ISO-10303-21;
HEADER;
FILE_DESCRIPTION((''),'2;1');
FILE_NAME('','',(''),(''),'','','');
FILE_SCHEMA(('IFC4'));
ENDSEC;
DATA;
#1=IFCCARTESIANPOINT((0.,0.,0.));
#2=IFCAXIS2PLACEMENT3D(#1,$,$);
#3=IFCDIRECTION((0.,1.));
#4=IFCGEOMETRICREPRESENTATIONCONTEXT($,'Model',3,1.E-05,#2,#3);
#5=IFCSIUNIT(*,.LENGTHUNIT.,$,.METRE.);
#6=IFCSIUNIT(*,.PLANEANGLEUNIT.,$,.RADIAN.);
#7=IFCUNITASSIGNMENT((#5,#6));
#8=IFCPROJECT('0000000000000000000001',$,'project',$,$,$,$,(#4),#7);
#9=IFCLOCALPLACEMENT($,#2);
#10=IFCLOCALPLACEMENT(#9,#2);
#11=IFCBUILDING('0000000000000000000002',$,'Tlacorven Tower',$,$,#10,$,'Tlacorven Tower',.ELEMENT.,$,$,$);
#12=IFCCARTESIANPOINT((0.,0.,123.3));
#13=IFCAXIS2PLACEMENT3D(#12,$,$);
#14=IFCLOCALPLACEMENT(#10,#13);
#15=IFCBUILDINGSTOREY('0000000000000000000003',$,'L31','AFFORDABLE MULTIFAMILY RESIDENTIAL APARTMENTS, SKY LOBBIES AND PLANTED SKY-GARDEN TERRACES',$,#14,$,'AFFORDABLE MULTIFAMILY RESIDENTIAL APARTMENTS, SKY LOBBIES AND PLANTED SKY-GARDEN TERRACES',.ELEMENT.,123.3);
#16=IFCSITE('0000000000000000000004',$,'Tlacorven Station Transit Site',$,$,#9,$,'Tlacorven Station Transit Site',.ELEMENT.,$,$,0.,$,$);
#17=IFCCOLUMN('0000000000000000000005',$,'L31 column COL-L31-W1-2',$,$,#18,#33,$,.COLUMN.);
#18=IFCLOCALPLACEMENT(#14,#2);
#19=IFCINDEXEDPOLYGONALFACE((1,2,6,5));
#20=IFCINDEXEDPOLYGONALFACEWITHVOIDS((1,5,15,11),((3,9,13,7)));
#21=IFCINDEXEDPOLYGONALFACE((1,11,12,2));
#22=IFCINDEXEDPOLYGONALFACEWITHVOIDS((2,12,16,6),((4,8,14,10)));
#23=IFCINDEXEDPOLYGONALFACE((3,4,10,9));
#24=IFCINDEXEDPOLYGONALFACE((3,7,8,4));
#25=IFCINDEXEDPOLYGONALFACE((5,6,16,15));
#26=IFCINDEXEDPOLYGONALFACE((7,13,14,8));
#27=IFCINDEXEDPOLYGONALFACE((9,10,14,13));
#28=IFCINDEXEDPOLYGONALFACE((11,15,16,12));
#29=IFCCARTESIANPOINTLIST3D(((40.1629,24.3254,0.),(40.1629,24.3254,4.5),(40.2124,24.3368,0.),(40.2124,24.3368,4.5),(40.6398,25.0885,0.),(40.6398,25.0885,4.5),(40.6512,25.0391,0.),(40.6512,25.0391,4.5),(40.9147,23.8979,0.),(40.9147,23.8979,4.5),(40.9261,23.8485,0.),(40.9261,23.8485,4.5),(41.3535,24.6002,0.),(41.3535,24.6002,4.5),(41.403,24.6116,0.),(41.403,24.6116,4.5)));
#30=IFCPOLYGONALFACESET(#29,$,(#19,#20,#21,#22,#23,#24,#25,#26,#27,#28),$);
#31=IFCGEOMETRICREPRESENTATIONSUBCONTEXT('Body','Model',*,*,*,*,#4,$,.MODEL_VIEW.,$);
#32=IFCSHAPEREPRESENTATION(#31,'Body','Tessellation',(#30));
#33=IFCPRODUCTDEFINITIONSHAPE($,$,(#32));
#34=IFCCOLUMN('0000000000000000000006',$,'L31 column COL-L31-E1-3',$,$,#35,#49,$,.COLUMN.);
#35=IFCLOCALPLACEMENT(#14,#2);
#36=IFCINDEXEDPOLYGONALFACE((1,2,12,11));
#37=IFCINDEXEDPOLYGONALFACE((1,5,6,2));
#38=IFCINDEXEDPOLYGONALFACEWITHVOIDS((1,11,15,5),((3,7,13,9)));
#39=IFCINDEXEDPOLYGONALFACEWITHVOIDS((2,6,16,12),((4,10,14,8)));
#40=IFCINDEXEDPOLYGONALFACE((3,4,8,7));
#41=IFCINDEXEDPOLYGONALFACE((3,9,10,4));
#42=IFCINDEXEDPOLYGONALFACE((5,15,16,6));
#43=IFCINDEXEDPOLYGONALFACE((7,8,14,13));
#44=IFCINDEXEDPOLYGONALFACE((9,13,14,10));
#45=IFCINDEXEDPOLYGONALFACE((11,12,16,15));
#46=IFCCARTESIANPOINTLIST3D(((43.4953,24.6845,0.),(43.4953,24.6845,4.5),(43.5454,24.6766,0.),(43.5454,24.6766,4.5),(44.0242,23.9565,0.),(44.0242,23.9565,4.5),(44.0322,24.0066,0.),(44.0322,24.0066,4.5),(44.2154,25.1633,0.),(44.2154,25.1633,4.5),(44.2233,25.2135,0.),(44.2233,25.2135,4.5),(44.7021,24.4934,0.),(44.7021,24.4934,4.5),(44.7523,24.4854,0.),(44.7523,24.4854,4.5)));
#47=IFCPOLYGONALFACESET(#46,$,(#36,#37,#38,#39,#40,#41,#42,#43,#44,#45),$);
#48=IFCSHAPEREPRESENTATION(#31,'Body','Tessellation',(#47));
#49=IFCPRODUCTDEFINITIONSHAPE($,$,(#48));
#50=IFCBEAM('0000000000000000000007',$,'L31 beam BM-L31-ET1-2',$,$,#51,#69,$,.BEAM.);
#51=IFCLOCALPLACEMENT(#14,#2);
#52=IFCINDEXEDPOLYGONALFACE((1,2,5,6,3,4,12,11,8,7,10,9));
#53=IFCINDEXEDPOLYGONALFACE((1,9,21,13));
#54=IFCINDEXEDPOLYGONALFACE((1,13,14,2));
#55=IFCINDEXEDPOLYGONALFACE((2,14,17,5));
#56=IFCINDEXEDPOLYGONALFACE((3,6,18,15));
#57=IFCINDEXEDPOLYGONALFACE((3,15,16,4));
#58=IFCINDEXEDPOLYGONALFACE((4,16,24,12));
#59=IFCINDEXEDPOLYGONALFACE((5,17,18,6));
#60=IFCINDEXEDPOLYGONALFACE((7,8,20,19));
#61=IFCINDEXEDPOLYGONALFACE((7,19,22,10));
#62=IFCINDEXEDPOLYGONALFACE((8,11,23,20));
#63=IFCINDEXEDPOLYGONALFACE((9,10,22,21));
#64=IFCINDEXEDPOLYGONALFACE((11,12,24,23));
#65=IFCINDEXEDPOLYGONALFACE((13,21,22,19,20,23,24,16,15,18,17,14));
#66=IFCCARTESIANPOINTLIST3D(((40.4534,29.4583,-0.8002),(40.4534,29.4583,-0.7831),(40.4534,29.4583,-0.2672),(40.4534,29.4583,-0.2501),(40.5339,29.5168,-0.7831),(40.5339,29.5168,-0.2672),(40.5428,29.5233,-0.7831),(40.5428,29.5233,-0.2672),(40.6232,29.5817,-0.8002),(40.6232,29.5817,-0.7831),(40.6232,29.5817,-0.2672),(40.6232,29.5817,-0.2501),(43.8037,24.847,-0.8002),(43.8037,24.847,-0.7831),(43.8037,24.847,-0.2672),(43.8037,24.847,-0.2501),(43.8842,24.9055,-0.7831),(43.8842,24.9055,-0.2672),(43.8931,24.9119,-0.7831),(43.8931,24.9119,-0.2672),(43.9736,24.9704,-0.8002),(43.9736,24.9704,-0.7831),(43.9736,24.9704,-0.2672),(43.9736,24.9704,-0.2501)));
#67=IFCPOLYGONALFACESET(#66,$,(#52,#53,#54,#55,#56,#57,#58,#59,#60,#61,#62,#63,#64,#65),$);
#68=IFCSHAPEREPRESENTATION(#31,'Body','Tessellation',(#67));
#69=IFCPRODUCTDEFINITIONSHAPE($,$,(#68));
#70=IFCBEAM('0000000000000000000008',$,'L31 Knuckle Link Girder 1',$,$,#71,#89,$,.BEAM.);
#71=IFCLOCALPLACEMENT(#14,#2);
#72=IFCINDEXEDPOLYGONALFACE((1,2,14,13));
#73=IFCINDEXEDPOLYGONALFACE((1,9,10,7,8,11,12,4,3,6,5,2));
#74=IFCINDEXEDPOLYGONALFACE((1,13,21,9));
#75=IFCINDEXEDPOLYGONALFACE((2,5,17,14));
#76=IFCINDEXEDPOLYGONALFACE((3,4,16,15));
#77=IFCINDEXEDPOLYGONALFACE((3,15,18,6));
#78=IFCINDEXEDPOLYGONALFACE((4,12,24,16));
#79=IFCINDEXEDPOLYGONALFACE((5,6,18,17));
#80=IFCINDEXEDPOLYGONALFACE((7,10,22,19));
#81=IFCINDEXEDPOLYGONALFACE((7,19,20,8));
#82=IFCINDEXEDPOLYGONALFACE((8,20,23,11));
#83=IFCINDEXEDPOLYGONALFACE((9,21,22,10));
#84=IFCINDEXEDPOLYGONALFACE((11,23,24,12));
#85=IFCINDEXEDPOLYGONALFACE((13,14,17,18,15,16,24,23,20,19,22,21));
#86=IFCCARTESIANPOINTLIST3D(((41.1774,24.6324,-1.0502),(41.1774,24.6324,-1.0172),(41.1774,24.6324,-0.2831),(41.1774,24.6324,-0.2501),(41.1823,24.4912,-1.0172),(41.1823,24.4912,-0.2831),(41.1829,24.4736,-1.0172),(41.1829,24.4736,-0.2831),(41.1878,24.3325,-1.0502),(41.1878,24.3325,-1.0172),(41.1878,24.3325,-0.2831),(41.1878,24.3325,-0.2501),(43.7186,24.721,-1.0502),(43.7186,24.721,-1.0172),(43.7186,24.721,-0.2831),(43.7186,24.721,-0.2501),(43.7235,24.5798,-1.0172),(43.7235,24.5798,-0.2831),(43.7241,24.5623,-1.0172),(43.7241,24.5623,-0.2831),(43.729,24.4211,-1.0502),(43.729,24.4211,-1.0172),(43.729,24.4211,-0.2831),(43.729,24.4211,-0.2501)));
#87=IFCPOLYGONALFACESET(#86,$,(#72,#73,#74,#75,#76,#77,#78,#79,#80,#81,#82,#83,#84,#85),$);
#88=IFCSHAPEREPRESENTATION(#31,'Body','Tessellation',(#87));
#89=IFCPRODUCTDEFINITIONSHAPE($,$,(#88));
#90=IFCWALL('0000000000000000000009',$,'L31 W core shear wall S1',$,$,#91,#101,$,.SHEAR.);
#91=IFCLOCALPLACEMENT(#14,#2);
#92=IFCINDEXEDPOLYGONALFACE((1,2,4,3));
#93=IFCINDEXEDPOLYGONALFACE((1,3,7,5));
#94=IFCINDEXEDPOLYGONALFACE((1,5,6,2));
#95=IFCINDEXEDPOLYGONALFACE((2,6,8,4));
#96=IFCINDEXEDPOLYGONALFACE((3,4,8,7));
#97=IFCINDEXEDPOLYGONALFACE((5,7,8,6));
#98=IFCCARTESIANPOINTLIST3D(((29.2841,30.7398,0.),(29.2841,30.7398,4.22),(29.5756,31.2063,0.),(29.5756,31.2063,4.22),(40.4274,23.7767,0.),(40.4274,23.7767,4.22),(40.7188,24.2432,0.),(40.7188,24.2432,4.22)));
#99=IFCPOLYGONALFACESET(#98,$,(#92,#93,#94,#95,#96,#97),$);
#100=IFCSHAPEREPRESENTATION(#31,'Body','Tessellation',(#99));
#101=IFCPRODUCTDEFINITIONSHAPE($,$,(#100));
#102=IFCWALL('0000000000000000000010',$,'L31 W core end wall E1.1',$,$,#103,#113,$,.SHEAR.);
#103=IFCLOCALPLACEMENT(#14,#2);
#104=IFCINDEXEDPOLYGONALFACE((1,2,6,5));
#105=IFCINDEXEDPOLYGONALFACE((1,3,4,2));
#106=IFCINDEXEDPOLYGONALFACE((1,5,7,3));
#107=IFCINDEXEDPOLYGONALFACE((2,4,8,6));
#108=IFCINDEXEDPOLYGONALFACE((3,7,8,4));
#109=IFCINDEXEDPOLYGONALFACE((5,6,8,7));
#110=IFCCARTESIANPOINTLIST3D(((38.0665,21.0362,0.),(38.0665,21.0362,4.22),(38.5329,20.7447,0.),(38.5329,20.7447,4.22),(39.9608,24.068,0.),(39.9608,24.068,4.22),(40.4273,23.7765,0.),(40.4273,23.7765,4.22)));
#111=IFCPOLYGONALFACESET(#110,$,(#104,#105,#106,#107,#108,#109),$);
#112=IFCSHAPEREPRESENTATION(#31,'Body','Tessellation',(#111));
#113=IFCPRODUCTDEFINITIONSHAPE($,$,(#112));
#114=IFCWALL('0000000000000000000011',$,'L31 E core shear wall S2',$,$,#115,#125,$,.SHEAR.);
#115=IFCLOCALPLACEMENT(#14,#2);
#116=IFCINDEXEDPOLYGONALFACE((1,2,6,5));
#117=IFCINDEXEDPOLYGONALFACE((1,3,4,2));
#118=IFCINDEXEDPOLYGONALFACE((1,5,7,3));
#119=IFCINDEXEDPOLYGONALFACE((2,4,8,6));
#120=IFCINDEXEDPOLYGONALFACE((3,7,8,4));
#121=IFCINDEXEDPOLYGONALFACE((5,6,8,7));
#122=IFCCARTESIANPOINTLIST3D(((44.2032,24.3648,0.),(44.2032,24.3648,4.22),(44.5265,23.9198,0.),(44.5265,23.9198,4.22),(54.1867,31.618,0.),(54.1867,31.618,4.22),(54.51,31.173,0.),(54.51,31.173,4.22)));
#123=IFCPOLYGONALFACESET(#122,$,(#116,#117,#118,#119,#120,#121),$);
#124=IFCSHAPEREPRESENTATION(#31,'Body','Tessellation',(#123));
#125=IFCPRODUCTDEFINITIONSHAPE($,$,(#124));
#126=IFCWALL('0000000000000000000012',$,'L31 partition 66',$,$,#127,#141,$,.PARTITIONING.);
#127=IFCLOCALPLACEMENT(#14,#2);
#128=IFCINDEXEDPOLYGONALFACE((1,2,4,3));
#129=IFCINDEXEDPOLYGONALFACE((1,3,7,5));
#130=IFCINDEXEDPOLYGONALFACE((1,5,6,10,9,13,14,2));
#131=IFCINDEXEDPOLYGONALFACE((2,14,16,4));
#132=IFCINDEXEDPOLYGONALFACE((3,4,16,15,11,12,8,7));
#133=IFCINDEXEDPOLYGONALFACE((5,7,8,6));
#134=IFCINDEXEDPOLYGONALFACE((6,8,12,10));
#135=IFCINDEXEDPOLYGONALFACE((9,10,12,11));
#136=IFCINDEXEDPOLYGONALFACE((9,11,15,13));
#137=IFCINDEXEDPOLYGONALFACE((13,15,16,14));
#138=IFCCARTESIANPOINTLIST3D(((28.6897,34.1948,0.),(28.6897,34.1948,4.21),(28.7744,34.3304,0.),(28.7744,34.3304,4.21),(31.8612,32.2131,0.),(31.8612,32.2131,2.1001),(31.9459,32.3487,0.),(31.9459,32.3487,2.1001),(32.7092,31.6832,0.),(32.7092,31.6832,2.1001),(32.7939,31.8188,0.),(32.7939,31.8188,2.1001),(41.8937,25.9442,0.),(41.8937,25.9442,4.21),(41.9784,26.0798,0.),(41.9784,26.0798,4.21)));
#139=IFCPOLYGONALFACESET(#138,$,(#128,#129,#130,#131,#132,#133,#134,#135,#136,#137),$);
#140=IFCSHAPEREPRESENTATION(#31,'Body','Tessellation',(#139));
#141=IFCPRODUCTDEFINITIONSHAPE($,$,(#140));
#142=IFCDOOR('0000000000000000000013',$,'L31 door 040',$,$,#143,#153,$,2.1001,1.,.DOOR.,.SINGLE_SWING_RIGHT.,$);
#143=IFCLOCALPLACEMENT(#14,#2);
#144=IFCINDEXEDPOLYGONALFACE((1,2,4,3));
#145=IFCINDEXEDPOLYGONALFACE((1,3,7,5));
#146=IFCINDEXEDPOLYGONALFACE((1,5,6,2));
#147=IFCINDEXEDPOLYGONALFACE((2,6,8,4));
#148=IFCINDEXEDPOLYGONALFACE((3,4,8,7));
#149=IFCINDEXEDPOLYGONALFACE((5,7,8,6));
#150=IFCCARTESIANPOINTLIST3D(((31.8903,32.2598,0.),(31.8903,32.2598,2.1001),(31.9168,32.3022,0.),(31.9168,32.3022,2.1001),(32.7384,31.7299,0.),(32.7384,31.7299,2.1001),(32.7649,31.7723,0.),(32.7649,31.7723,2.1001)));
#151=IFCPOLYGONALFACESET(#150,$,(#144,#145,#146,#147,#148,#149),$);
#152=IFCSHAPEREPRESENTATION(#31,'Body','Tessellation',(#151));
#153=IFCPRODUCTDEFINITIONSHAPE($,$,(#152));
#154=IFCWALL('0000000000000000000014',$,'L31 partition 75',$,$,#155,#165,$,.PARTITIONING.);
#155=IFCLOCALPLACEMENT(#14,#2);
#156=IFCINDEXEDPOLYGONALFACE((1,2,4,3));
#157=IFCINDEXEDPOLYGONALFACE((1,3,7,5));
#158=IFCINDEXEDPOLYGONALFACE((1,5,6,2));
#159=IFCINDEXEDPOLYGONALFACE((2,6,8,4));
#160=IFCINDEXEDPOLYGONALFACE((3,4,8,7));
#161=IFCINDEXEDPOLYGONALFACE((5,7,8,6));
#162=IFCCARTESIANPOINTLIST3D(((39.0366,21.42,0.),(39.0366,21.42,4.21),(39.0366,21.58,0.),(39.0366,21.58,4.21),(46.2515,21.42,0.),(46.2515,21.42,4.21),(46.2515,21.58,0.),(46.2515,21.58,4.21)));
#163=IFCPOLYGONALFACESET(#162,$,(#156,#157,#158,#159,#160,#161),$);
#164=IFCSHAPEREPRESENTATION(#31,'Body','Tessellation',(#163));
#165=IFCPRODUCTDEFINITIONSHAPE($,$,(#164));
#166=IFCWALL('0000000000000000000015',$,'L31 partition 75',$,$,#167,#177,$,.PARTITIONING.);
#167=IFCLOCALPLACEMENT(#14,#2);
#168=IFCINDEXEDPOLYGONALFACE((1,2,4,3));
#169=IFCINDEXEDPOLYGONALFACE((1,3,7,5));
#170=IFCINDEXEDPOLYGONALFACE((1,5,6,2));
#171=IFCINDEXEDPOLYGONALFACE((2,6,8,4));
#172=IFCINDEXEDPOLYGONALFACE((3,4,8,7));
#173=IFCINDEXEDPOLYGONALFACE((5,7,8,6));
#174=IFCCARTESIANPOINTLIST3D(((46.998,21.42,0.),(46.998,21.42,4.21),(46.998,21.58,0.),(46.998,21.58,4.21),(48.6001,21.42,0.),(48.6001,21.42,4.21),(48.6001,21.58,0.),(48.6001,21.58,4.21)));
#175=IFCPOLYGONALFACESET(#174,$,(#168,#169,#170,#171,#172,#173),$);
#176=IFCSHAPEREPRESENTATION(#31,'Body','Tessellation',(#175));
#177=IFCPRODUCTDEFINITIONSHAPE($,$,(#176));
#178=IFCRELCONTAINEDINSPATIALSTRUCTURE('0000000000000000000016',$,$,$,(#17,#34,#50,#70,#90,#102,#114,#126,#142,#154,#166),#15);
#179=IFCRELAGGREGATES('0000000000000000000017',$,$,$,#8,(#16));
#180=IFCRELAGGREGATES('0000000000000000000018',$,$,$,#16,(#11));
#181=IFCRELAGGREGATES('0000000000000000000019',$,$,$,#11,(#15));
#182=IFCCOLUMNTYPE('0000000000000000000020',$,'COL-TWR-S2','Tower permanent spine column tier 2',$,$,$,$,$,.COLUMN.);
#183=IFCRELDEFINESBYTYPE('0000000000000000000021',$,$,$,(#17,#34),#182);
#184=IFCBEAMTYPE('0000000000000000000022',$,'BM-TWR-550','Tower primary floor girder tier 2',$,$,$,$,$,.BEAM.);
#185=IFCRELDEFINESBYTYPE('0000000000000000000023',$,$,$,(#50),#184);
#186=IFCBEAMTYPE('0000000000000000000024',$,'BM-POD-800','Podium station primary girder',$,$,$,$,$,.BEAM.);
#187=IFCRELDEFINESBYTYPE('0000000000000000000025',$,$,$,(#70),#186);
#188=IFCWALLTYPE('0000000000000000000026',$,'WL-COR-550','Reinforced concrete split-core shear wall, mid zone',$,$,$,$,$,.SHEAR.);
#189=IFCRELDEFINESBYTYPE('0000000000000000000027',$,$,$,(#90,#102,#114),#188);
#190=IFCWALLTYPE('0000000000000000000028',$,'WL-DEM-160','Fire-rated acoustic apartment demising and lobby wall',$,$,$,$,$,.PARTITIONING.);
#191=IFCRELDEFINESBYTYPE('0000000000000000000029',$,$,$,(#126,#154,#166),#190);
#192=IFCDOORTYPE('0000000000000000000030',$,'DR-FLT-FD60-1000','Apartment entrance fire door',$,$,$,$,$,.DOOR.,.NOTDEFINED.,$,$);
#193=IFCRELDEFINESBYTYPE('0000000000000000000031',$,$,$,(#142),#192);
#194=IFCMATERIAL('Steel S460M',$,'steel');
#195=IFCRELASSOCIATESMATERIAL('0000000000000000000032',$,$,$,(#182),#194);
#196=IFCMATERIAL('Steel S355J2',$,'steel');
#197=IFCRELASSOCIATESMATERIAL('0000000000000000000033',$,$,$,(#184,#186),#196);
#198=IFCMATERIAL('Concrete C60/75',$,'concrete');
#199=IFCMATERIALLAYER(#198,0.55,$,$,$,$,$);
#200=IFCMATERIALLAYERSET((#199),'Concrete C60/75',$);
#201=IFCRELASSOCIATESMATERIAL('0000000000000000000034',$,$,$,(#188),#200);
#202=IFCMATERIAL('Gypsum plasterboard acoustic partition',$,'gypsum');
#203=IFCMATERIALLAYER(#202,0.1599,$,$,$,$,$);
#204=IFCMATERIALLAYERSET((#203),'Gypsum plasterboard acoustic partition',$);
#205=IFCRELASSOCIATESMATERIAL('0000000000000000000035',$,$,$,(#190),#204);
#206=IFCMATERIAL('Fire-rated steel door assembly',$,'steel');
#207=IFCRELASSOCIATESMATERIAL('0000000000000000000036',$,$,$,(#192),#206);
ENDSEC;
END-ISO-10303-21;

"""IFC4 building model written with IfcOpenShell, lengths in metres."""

from ifc_helpers import new_model, si_unit, direction, frame, frame_2d, origin, origin_2d, place, context, subcontext, project, spatial, rectangle, hollow_rectangle, i_section, extrude, source, transform, mapped, material, layer, layer_set, material_profile, profile_set, type_object, element, fill, save


model = new_model("IFC4")

# Units and contexts
model_context = context("Model", 3, precision=1e-05, world=origin(), true_north=direction((0.0, 1.0)))
body_context = subcontext(model_context, "Body", "Model", "MODEL_VIEW")
ifc_project = project(units=[si_unit("LENGTHUNIT", "METRE"), si_unit("PLANEANGLEUNIT", "RADIAN")], contexts=[model_context])

# Site, building, storey
site_placement = place(None, origin())
site = spatial("IfcSite", under=ifc_project, at=site_placement, Name="Tlacorven Station Transit Site", LongName="Tlacorven Station Transit Site", CompositionType="ELEMENT", RefElevation=0.0)
building_placement = place(site_placement, origin())
building = spatial("IfcBuilding", under=site, at=building_placement, Name="Tlacorven Tower", LongName="Tlacorven Tower", CompositionType="ELEMENT")
storey_placement = place(building_placement, frame((0.0, 0.0, 123.3)))
storey = spatial("IfcBuildingStorey", under=building, at=storey_placement, Name="L31", Description="AFFORDABLE MULTIFAMILY RESIDENTIAL APARTMENTS, SKY LOBBIES AND PLANTED SKY-GARDEN TERRACES", LongName="AFFORDABLE MULTIFAMILY RESIDENTIAL APARTMENTS, SKY LOBBIES AND PLANTED SKY-GARDEN TERRACES", CompositionType="ELEMENT", Elevation=123.3)

# Columns
ifc_material_1 = material(Name="Steel S460M", Category="steel")
ifc_material_profile_1 = material_profile(ifc_material_1, hollow_rectangle(XDim=0.8999, YDim=0.8999, WallThickness=0.0359, at=origin_2d()), Name="BOX 900X900X36")
ifc_profile_set_1 = profile_set([ifc_material_profile_1], Name="Steel S460M")
column_type = type_object("IfcColumnType", Name="COL-TWR-S2", Description="Tower permanent spine column tier 2", PredefinedType="COLUMN", material=ifc_profile_set_1)
shared_shape_1 = source(origin(), body_context, "Body", "SweptSolid", [
    extrude(hollow_rectangle(XDim=0.8999, YDim=0.8999, WallThickness=0.0359, at=origin_2d()), origin(), (0.0, 0.0, 1.0), 4.5),
])
for number, where, z_axis, x_axis, name in (
    (1, (40.783, 24.4685, 0.0), (0.0, 0.0, 1.0), (-0.848048, 0.529919, 0.0), "L31 column COL-L31-W1-2"),
    (2, (44.1238, 24.585, 0.0), (0.0, 0.0, 1.0), (0.809017, 0.587785, 0.0), "L31 column COL-L31-E1-3"),
):
    element("IfcColumn", number, at=place(storey_placement, frame(where, z_axis=z_axis, x_axis=x_axis)), inside=storey, type_object=column_type, Name=name, PredefinedType="COLUMN", context=body_context, shape_type="MappedRepresentation", body=[
        mapped(shared_shape_1, transform((0.0, 0.0, 0.0), scale=1.0)),
    ])

# Beams
ifc_material_2 = material(Name="Steel S355J2", Category="steel")
ifc_material_profile_2 = material_profile(ifc_material_2, i_section(OverallWidth=0.21, OverallDepth=0.55, WebThickness=0.011, FlangeThickness=0.0171, at=origin_2d()), Name="IPE 550")
ifc_profile_set_2 = profile_set([ifc_material_profile_2], Name="Steel S355J2")
beam_type_1 = type_object("IfcBeamType", Name="BM-TWR-550", Description="Tower primary floor girder tier 2", PredefinedType="BEAM", material=ifc_profile_set_2)
shared_shape_2 = source(origin(), body_context, "Body", "SweptSolid", [
    extrude(i_section(OverallWidth=0.21, OverallDepth=0.55, WebThickness=0.011, FlangeThickness=0.0171, at=origin_2d()), origin(), (0.0, 0.0, 1.0), 5.7),
])
beam_1_placement = place(storey_placement, frame((43.8887, 24.9087, -0.5251), z_axis=(-0.587787, 0.809016, 0.0), x_axis=(-0.809016, -0.587787, 0.0)))
element("IfcBeam", 3, at=beam_1_placement, inside=storey, type_object=beam_type_1, Name="L31 beam BM-L31-ET1-2", PredefinedType="BEAM", context=body_context, shape_type="MappedRepresentation", body=[
    mapped(shared_shape_2, transform((0.0, 0.0, 0.0), scale=1.0)),
])
ifc_material_profile_3 = material_profile(ifc_material_2, i_section(OverallWidth=0.3, OverallDepth=0.8, WebThickness=0.0176, FlangeThickness=0.033, at=origin_2d()), Name="HEB 800")
ifc_profile_set_3 = profile_set([ifc_material_profile_3], Name="Steel S355J2")
beam_type_2 = type_object("IfcBeamType", Name="BM-POD-800", Description="Podium station primary girder", PredefinedType="BEAM", material=ifc_profile_set_3)
shared_shape_3 = source(origin(), body_context, "Body", "SweptSolid", [
    extrude(i_section(OverallWidth=0.3, OverallDepth=0.8, WebThickness=0.0176, FlangeThickness=0.033, at=origin_2d()), origin(), (0.0, 0.0, 1.0), 2.5427),
])
beam_2_placement = place(storey_placement, frame((41.1826, 24.4824, -0.6501), z_axis=(0.999392, 0.034852, 0.0), x_axis=(-0.034852, 0.999392, 0.0)))
element("IfcBeam", 4, at=beam_2_placement, inside=storey, type_object=beam_type_2, Name="L31 Knuckle Link Girder 1", PredefinedType="BEAM", context=body_context, shape_type="MappedRepresentation", body=[
    mapped(shared_shape_3, transform((0.0, 0.0, 0.0), scale=1.0)),
])

# Walls
ifc_material_3 = material(Name="Concrete C60/75", Category="concrete")
ifc_layer_1 = layer(ifc_material_3, 0.55)
ifc_layer_set_1 = layer_set([ifc_layer_1], Name="Concrete C60/75")
wall_type_1 = type_object("IfcWallType", Name="WL-COR-550", Description="Reinforced concrete split-core shear wall, mid zone", PredefinedType="SHEAR", material=ifc_layer_set_1)
wall_1_placement = place(storey_placement, frame((40.573, 24.01, 0.0), z_axis=(0.0, 0.0, 1.0), x_axis=(-0.848047, 0.52992, 0.0)))
element("IfcWall", 5, at=wall_1_placement, inside=storey, type_object=wall_type_1, Name="L31 W core shear wall S1", PredefinedType="SHEAR", context=body_context, shape_type="SweptSolid", body=[
    extrude(rectangle(XDim=13.1399, YDim=0.55, at=frame_2d((6.5698, 0.0))), origin(), (0.0, 0.0, 1.0), 4.22),
])
wall_2_placement = place(storey_placement, frame((40.1941, 23.9224, 0.0), z_axis=(0.0, 0.0, 1.0), x_axis=(-0.529888, -0.848067, 0.0)))
element("IfcWall", 6, at=wall_2_placement, inside=storey, type_object=wall_type_1, Name="L31 W core end wall E1.1", PredefinedType="SHEAR", context=body_context, shape_type="SweptSolid", body=[
    extrude(rectangle(XDim=3.575, YDim=0.55, at=frame_2d((1.7876, 0.0))), origin(), (0.0, 0.0, 1.0), 4.22),
])
wall_3_placement = place(storey_placement, frame((44.365, 24.1423, 0.0), z_axis=(0.0, 0.0, 1.0), x_axis=(0.809024, 0.587775, 0.0)))
element("IfcWall", 7, at=wall_3_placement, inside=storey, type_object=wall_type_1, Name="L31 E core shear wall S2", PredefinedType="SHEAR", context=body_context, shape_type="SweptSolid", body=[
    extrude(rectangle(XDim=12.3401, YDim=0.55, at=frame_2d((6.1699, 0.0))), origin(), (0.0, 0.0, 1.0), 4.22),
])

# Wall, opening, door
ifc_material_4 = material(Name="Gypsum plasterboard acoustic partition", Category="gypsum")
ifc_layer_2 = layer(ifc_material_4, 0.1599)
ifc_layer_set_2 = layer_set([ifc_layer_2], Name="Gypsum plasterboard acoustic partition")
wall_type_2 = type_object("IfcWallType", Name="WL-DEM-160", Description="Fire-rated acoustic apartment demising and lobby wall", PredefinedType="PARTITIONING", material=ifc_layer_set_2)
wall_4_placement = place(storey_placement, frame((41.936, 26.012, 0.0), z_axis=(0.0, 0.0, 1.0), x_axis=(-0.848051, 0.529914, 0.0)))
wall_4 = element("IfcWall", 8, at=wall_4_placement, inside=storey, type_object=wall_type_2, Name="L31 partition 66", PredefinedType="PARTITIONING", context=body_context, shape_type="SweptSolid", body=[
    extrude(rectangle(XDim=15.5698, YDim=0.1599, at=frame_2d((7.7849, 0.0))), origin(), (0.0, 0.0, 1.0), 4.21),
])
opening_1_placement = place(wall_4_placement, frame((10.8301, 0.0, 0.0)))
opening_1 = element("IfcOpeningElement", 9, at=opening_1_placement, cuts=wall_4, PredefinedType="OPENING", context=body_context, shape_type="SweptSolid", body=[
    extrude(rectangle(XDim=1.0, YDim=2.1001, at=frame_2d((0.5, 1.05))), frame((0.0, 0.0898, 0.0), z_axis=(0.0, -1.0, 0.0), x_axis=(1.0, 0.0, 0.0)), (0.0, 0.0, 1.0), 0.1799),
])
ifc_material_5 = material(Name="Fire-rated steel door assembly", Category="steel")
door_type_1 = type_object("IfcDoorType", Name="DR-FLT-FD60-1000", Description="Apartment entrance fire door", OperationType="NOTDEFINED", PredefinedType="DOOR", material=ifc_material_5)
shared_shape_4 = source(origin(), body_context, "Body", "SweptSolid", [
    extrude(rectangle(XDim=1.0, YDim=2.1001, at=frame_2d((0.5, 1.05))), frame((0.0, 0.0249, 0.0), z_axis=(0.0, -1.0, 0.0), x_axis=(1.0, 0.0, 0.0)), (0.0, 0.0, 1.0), 0.05),
])
door_1_placement = place(opening_1_placement, origin())
door_1 = element("IfcDoor", 10, at=door_1_placement, inside=storey, type_object=door_type_1, Name="L31 door 040", OperationType="SINGLE_SWING_RIGHT", OverallHeight=2.1001, OverallWidth=1.0, PredefinedType="DOOR", context=body_context, shape_type="MappedRepresentation", body=[
    mapped(shared_shape_4, transform((0.0, 0.0, 0.0), scale=1.0)),
])
fill(opening_1, door_1)

# Walls
wall_5_placement = place(storey_placement, frame((39.0366, 21.5, 0.0), z_axis=(0.0, 0.0, 1.0), x_axis=(1.0, 0.0, 0.0)))
element("IfcWall", 11, at=wall_5_placement, inside=storey, type_object=wall_type_2, Name="L31 partition 75", PredefinedType="PARTITIONING", context=body_context, shape_type="SweptSolid", body=[
    extrude(rectangle(XDim=7.2148, YDim=0.1599, at=frame_2d((3.6074, 0.0))), origin(), (0.0, 0.0, 1.0), 4.21),
])
wall_6_placement = place(storey_placement, frame((46.998, 21.5, 0.0), z_axis=(0.0, 0.0, 1.0), x_axis=(1.0, 0.0, 0.0)))
element("IfcWall", 12, at=wall_6_placement, inside=storey, type_object=wall_type_2, Name="L31 partition 75", PredefinedType="PARTITIONING", context=body_context, shape_type="SweptSolid", body=[
    extrude(rectangle(XDim=1.6021, YDim=0.1599, at=frame_2d((0.801, 0.0))), origin(), (0.0, 0.0, 1.0), 4.21),
])

save(model, "model.ifc")
